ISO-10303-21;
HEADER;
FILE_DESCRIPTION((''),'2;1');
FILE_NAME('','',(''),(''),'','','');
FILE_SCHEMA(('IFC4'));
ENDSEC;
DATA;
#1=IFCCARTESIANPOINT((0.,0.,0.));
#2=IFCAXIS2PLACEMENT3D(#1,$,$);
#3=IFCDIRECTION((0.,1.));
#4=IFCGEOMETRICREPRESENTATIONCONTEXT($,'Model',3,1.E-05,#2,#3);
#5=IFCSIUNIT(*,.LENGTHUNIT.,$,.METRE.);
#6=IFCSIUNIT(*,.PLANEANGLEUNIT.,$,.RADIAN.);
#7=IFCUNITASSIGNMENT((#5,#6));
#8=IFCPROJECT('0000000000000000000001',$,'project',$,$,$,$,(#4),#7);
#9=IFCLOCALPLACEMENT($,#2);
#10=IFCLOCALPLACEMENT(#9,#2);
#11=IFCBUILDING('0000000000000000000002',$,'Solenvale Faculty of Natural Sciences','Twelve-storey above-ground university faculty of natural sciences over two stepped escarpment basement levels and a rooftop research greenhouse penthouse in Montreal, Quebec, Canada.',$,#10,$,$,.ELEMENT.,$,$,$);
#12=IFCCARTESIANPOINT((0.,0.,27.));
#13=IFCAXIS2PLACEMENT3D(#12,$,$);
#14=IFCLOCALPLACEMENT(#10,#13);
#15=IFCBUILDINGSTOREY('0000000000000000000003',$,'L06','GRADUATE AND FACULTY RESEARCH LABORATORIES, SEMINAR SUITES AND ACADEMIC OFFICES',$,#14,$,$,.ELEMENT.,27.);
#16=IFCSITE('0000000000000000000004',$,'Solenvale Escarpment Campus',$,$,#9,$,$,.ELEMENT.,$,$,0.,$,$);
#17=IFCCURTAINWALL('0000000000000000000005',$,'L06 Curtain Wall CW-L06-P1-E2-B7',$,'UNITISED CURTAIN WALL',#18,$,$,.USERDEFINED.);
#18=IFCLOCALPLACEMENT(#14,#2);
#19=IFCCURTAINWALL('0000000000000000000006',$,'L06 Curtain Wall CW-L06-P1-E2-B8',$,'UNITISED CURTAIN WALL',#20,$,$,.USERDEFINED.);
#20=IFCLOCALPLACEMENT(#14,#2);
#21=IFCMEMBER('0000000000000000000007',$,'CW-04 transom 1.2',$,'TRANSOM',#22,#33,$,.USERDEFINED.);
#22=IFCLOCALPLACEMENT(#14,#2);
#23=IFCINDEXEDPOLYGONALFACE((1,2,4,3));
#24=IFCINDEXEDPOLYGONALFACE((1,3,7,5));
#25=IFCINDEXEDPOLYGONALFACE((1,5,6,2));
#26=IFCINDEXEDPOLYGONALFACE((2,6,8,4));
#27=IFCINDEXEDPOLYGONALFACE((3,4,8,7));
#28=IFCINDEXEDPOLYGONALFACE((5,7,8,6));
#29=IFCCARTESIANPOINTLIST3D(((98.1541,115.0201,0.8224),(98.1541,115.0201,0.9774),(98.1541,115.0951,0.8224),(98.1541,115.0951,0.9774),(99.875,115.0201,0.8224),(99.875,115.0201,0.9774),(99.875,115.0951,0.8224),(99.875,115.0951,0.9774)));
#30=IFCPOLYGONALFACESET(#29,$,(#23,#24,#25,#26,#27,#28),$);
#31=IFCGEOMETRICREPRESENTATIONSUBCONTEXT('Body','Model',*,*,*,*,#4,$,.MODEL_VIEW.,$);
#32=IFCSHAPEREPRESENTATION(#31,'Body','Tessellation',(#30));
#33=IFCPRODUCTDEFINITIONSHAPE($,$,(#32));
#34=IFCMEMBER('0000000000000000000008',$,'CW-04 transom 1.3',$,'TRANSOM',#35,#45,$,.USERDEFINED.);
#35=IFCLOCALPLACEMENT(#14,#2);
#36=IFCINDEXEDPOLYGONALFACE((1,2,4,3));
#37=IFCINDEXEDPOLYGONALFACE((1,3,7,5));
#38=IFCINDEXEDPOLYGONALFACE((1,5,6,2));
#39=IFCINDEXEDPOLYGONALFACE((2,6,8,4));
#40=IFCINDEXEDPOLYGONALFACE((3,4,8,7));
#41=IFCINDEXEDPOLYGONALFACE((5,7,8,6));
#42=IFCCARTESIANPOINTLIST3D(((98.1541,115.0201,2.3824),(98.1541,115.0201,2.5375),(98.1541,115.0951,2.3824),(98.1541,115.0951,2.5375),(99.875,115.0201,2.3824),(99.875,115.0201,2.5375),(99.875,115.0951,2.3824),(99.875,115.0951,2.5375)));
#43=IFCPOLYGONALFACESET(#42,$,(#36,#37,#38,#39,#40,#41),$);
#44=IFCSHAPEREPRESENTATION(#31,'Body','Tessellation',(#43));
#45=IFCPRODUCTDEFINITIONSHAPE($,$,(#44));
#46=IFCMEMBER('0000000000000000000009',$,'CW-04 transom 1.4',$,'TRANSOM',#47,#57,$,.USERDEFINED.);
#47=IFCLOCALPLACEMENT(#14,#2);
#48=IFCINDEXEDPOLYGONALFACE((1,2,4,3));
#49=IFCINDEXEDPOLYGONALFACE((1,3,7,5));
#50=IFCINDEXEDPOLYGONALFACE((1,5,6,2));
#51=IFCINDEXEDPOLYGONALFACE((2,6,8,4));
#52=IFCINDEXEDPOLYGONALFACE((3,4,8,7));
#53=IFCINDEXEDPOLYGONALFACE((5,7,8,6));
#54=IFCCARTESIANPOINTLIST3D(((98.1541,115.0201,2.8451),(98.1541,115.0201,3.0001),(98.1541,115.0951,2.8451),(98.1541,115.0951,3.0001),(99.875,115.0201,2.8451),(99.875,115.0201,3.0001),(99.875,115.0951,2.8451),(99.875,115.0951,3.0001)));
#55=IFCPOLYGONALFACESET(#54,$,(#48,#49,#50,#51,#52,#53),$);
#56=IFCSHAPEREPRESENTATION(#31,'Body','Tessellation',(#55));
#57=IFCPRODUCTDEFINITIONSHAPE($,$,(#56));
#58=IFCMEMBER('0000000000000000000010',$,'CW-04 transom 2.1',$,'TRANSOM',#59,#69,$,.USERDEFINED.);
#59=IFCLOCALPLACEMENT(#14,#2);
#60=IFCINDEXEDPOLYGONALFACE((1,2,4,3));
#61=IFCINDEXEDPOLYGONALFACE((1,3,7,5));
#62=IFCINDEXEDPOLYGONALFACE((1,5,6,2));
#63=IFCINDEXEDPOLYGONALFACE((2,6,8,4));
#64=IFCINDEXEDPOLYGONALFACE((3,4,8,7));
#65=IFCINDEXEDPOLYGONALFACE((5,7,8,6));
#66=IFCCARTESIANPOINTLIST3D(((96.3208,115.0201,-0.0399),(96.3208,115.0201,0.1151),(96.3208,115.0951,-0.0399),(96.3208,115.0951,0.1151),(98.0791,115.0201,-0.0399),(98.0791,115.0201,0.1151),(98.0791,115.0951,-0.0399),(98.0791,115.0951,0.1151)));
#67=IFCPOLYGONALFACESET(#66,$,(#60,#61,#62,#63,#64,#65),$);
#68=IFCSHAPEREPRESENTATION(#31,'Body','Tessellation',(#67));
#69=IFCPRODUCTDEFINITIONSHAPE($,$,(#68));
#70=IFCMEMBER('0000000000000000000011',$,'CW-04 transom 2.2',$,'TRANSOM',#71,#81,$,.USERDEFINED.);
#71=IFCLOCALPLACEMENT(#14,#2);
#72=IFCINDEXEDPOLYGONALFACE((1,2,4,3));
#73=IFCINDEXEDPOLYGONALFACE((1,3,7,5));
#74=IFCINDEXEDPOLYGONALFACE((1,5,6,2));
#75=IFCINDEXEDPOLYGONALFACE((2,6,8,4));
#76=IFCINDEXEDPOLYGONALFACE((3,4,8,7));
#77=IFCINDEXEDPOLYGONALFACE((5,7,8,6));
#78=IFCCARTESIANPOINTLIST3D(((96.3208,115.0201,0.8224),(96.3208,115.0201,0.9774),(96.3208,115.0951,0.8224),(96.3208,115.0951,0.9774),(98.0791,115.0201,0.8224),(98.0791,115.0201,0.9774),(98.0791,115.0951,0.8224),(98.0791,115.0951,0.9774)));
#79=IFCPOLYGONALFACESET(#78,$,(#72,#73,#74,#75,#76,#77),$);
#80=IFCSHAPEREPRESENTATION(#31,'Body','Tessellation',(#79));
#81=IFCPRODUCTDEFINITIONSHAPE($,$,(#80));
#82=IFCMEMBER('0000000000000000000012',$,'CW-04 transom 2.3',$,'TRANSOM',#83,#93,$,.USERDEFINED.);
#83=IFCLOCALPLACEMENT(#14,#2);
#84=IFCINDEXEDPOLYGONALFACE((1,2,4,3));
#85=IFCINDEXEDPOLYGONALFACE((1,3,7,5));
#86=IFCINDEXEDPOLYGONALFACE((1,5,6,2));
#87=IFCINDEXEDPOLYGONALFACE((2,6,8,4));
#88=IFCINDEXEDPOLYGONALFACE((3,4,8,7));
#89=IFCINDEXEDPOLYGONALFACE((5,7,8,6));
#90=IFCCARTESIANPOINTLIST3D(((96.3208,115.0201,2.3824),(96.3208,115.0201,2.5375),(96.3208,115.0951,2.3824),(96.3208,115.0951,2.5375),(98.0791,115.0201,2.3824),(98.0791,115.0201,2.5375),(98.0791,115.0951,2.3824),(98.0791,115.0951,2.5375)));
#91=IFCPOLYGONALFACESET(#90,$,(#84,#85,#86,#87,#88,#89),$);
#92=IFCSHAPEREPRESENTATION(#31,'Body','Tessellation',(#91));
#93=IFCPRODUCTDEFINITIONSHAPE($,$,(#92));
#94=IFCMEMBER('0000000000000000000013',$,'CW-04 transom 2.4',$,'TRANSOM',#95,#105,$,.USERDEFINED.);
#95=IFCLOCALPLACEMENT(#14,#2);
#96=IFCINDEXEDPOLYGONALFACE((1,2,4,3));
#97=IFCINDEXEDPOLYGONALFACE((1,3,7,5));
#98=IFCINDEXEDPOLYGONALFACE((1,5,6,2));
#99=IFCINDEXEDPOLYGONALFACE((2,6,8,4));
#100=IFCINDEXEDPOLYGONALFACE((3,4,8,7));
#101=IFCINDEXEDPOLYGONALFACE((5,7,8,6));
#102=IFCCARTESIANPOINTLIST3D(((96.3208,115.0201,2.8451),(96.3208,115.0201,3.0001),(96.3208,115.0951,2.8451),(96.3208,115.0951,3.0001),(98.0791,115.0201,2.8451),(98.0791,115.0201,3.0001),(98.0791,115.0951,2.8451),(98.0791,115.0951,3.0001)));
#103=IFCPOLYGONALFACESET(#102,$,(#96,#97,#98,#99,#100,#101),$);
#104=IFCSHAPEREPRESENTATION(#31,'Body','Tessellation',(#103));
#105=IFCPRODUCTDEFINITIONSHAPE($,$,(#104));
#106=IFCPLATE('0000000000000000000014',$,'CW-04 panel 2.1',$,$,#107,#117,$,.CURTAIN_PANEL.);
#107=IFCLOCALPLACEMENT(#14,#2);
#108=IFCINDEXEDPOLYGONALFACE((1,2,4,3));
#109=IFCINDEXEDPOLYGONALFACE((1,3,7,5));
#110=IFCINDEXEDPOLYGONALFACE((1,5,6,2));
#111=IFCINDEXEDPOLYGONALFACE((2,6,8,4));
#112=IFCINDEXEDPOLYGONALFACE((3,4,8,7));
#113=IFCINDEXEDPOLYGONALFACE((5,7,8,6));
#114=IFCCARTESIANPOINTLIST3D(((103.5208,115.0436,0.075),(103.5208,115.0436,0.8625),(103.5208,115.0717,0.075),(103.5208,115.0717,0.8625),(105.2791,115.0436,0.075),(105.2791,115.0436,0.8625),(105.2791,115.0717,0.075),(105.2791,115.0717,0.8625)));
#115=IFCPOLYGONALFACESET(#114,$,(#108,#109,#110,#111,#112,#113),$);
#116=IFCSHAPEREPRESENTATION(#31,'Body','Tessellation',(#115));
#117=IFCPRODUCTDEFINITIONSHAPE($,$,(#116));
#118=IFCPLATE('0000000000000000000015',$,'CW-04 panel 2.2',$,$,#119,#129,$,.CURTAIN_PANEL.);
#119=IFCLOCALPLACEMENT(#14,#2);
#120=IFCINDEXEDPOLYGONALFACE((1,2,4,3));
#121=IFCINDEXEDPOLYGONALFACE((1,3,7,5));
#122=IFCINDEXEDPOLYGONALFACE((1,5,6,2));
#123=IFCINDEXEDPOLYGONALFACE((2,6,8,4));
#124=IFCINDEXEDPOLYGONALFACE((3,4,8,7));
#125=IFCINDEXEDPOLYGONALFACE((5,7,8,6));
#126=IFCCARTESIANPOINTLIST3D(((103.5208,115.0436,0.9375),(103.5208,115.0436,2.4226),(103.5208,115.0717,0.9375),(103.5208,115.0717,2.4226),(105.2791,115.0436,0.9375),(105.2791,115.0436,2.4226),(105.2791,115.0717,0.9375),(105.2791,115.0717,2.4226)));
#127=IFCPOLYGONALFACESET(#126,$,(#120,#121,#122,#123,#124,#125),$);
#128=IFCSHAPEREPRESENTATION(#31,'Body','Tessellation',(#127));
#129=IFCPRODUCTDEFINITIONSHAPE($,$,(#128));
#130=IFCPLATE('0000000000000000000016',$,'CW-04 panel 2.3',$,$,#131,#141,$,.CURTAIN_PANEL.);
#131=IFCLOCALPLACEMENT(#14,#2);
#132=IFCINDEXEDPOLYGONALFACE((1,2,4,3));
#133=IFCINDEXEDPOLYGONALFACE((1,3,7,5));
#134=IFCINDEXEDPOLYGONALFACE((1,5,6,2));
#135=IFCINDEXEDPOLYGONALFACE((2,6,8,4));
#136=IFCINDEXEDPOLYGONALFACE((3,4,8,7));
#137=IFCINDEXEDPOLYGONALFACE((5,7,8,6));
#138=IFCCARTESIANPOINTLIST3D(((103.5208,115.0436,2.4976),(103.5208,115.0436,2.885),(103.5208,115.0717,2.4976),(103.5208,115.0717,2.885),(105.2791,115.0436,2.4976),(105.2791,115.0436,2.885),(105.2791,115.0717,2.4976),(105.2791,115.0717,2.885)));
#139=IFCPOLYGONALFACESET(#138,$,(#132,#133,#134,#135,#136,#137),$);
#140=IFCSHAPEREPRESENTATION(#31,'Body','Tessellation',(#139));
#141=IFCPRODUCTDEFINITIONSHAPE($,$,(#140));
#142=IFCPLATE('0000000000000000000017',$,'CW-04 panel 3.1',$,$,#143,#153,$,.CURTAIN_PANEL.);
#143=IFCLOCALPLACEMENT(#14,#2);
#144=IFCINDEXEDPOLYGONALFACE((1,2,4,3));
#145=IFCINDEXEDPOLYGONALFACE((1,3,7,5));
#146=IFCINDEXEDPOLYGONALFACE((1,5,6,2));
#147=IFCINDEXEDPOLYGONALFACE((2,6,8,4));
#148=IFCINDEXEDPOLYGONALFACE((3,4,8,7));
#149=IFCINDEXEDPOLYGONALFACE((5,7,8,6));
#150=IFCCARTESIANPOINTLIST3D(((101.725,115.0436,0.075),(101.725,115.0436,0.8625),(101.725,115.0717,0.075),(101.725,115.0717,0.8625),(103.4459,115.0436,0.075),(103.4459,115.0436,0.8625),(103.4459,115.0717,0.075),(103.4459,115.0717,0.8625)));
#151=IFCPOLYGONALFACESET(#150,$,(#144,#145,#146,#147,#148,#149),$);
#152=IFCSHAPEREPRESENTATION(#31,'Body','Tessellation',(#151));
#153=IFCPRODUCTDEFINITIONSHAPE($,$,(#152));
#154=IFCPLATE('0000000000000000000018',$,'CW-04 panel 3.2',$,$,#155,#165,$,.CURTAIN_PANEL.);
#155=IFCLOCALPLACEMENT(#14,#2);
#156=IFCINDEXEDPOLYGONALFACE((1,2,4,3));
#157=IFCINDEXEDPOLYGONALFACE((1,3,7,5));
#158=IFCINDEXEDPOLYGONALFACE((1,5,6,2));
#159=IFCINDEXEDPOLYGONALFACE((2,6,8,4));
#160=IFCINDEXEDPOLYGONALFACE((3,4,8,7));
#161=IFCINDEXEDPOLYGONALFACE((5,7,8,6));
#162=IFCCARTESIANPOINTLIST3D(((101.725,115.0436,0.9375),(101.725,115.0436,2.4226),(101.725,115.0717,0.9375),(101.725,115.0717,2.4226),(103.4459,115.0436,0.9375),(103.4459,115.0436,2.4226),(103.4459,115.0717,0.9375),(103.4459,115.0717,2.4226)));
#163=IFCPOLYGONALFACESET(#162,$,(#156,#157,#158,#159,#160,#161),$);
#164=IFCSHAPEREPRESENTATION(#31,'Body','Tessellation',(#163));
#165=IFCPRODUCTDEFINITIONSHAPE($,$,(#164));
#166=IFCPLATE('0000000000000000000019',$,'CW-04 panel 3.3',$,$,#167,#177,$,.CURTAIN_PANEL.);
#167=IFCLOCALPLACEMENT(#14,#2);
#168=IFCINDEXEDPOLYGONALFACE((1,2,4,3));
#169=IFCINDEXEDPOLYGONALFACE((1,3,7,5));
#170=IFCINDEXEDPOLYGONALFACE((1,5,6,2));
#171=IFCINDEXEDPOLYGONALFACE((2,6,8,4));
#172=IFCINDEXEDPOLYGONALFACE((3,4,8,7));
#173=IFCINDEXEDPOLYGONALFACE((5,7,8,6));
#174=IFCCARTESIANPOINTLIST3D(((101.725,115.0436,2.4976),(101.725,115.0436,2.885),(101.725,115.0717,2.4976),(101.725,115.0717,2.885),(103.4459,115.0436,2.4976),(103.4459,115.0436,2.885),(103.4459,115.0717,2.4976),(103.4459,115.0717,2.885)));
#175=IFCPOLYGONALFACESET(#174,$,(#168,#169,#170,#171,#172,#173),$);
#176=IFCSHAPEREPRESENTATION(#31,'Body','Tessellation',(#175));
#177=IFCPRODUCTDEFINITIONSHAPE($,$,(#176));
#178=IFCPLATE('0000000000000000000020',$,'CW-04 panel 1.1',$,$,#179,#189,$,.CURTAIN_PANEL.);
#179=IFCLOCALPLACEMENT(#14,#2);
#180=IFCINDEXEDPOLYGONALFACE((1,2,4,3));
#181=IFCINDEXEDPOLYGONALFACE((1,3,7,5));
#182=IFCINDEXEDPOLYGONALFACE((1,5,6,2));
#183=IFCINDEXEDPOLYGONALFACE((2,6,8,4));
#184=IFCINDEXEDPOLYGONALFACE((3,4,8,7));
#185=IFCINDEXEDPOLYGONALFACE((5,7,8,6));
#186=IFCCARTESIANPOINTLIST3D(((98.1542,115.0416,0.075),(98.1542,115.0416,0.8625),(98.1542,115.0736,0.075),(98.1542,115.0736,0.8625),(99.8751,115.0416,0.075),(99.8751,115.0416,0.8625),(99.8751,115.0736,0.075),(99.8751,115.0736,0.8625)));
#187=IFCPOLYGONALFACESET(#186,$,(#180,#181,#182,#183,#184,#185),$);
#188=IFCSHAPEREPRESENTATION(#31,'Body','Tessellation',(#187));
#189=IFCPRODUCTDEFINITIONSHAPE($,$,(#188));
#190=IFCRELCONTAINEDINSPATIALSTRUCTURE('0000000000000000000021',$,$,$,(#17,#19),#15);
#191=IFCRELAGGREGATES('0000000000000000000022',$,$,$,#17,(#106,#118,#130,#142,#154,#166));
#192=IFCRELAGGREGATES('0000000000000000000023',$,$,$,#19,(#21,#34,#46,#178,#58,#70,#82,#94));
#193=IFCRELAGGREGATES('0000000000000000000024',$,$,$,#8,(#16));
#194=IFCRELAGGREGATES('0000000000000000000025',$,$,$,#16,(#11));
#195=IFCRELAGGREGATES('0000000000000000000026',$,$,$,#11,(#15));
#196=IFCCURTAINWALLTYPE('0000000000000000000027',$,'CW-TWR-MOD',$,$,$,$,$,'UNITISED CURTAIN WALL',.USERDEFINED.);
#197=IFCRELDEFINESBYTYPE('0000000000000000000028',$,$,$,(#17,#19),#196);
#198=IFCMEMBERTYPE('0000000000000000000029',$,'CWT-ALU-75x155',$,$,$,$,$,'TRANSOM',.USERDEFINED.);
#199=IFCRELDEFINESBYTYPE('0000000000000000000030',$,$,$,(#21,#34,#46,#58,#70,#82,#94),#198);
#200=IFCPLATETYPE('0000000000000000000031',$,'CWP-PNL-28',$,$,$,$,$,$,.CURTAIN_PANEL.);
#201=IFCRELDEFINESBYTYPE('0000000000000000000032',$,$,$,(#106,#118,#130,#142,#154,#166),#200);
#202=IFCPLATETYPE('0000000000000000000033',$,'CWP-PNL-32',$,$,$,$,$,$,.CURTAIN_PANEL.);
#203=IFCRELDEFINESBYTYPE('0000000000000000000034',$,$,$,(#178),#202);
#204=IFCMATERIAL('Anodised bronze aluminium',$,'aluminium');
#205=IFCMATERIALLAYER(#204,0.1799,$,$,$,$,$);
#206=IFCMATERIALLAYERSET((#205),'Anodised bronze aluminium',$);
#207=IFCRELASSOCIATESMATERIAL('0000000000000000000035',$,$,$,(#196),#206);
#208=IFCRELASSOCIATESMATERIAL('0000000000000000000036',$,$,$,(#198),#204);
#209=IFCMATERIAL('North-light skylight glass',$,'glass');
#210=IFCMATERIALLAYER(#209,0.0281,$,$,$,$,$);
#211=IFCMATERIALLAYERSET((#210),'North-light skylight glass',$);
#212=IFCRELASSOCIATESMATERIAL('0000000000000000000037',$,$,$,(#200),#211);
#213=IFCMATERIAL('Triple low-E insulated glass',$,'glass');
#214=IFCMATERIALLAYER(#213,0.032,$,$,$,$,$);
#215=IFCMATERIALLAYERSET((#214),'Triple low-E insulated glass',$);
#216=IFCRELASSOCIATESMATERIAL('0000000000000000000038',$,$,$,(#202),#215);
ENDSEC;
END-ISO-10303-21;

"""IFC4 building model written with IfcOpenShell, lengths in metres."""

from ifc_helpers import new_model, si_unit, direction, frame, origin, origin_2d, place, context, subcontext, project, spatial, rectangle, extrude, material, layer, layer_set, material_profile, profile_set, type_object, element, aggregate, save


model = new_model("IFC4")

# Units and contexts
model_context = context("Model", 3, precision=1e-05, world=origin(), true_north=direction((0.0, 1.0)))
body_context = subcontext(model_context, "Body", "Model", "MODEL_VIEW")
ifc_project = project(units=[si_unit("LENGTHUNIT", "METRE"), si_unit("PLANEANGLEUNIT", "RADIAN")], contexts=[model_context])

# Site, building, storey
site_placement = place(None, origin())
site = spatial("IfcSite", under=ifc_project, at=site_placement, Name="Solenvale Escarpment Campus", CompositionType="ELEMENT", RefElevation=0.0)
building_placement = place(site_placement, origin())
building = spatial("IfcBuilding", under=site, at=building_placement, Name="Solenvale Faculty of Natural Sciences", Description="Twelve-storey above-ground university faculty of natural sciences over two stepped escarpment basement levels and a rooftop research greenhouse penthouse in Montreal, Quebec, Canada.", CompositionType="ELEMENT")
storey_placement = place(building_placement, frame((0.0, 0.0, 27.0)))
storey = spatial("IfcBuildingStorey", under=building, at=storey_placement, Name="L06", Description="GRADUATE AND FACULTY RESEARCH LABORATORIES, SEMINAR SUITES AND ACADEMIC OFFICES", CompositionType="ELEMENT", Elevation=27.0)

# Curtain walls
ifc_material_1 = material(Name="Anodised bronze aluminium", Category="aluminium")
ifc_layer_1 = layer(ifc_material_1, 0.1799)
ifc_layer_set_1 = layer_set([ifc_layer_1], Name="Anodised bronze aluminium")
curtain_wall_type = type_object("IfcCurtainWallType", Name="CW-TWR-MOD", ElementType="UNITISED CURTAIN WALL", PredefinedType="USERDEFINED", material=ifc_layer_set_1)
curtain_wall_1_placement = place(storey_placement, origin())
curtain_wall_1 = element("IfcCurtainWall", 1, at=curtain_wall_1_placement, inside=storey, type_object=curtain_wall_type, Name="L06 Curtain Wall CW-L06-P1-E2-B7", ObjectType="UNITISED CURTAIN WALL", PredefinedType="USERDEFINED")
curtain_wall_2_placement = place(storey_placement, origin())
curtain_wall_2 = element("IfcCurtainWall", 2, at=curtain_wall_2_placement, inside=storey, type_object=curtain_wall_type, Name="L06 Curtain Wall CW-L06-P1-E2-B8", ObjectType="UNITISED CURTAIN WALL", PredefinedType="USERDEFINED")

# Members
ifc_material_profile_1 = material_profile(ifc_material_1, rectangle(XDim=0.075, YDim=0.155, at=origin_2d()), Name="ALU-TRN-75x155")
ifc_profile_set_1 = profile_set([ifc_material_profile_1], Name="Anodised bronze aluminium")
member_type_1 = type_object("IfcMemberType", Name="CWT-ALU-75x155", ElementType="TRANSOM", PredefinedType="USERDEFINED", material=ifc_profile_set_1)
member_1_placement = place(storey_placement, frame((99.875, 115.0576, 0.8999), z_axis=(-1.0, 0.0, 0.0), x_axis=(0.0, -1.0, 0.0)))
member_1 = element("IfcMember", 3, at=member_1_placement, type_object=member_type_1, Name="CW-04 transom 1.2", ObjectType="TRANSOM", PredefinedType="USERDEFINED", context=body_context, shape_type="SweptSolid", body=[
    extrude(rectangle(XDim=0.075, YDim=0.155, at=origin_2d()), origin(), (0.0, 0.0, 1.0), 1.7209),
])
member_2_placement = place(storey_placement, frame((99.875, 115.0576, 2.46), z_axis=(-1.0, 0.0, 0.0), x_axis=(0.0, -1.0, 0.0)))
member_2 = element("IfcMember", 4, at=member_2_placement, type_object=member_type_1, Name="CW-04 transom 1.3", ObjectType="TRANSOM", PredefinedType="USERDEFINED", context=body_context, shape_type="SweptSolid", body=[
    extrude(rectangle(XDim=0.075, YDim=0.155, at=origin_2d()), origin(), (0.0, 0.0, 1.0), 1.7209),
])
member_3_placement = place(storey_placement, frame((99.875, 115.0576, 2.9226), z_axis=(-1.0, 0.0, 0.0), x_axis=(0.0, -1.0, 0.0)))
member_3 = element("IfcMember", 5, at=member_3_placement, type_object=member_type_1, Name="CW-04 transom 1.4", ObjectType="TRANSOM", PredefinedType="USERDEFINED", context=body_context, shape_type="SweptSolid", body=[
    extrude(rectangle(XDim=0.075, YDim=0.155, at=origin_2d()), origin(), (0.0, 0.0, 1.0), 1.7209),
])
member_4_placement = place(storey_placement, frame((98.0791, 115.0576, 0.0376), z_axis=(-1.0, 0.0, 0.0), x_axis=(0.0, -1.0, 0.0)))
member_4 = element("IfcMember", 6, at=member_4_placement, type_object=member_type_1, Name="CW-04 transom 2.1", ObjectType="TRANSOM", PredefinedType="USERDEFINED", context=body_context, shape_type="SweptSolid", body=[
    extrude(rectangle(XDim=0.075, YDim=0.155, at=origin_2d()), origin(), (0.0, 0.0, 1.0), 1.7583),
])
member_5_placement = place(storey_placement, frame((98.0791, 115.0576, 0.8999), z_axis=(-1.0, 0.0, 0.0), x_axis=(0.0, -1.0, 0.0)))
member_5 = element("IfcMember", 7, at=member_5_placement, type_object=member_type_1, Name="CW-04 transom 2.2", ObjectType="TRANSOM", PredefinedType="USERDEFINED", context=body_context, shape_type="SweptSolid", body=[
    extrude(rectangle(XDim=0.075, YDim=0.155, at=origin_2d()), origin(), (0.0, 0.0, 1.0), 1.7583),
])
member_6_placement = place(storey_placement, frame((98.0791, 115.0576, 2.46), z_axis=(-1.0, 0.0, 0.0), x_axis=(0.0, -1.0, 0.0)))
member_6 = element("IfcMember", 8, at=member_6_placement, type_object=member_type_1, Name="CW-04 transom 2.3", ObjectType="TRANSOM", PredefinedType="USERDEFINED", context=body_context, shape_type="SweptSolid", body=[
    extrude(rectangle(XDim=0.075, YDim=0.155, at=origin_2d()), origin(), (0.0, 0.0, 1.0), 1.7583),
])
member_7_placement = place(storey_placement, frame((98.0791, 115.0576, 2.9226), z_axis=(-1.0, 0.0, 0.0), x_axis=(0.0, -1.0, 0.0)))
member_7 = element("IfcMember", 9, at=member_7_placement, type_object=member_type_1, Name="CW-04 transom 2.4", ObjectType="TRANSOM", PredefinedType="USERDEFINED", context=body_context, shape_type="SweptSolid", body=[
    extrude(rectangle(XDim=0.075, YDim=0.155, at=origin_2d()), origin(), (0.0, 0.0, 1.0), 1.7583),
])

# Plates
ifc_material_2 = material(Name="North-light skylight glass", Category="glass")
ifc_layer_2 = layer(ifc_material_2, 0.0281)
ifc_layer_set_2 = layer_set([ifc_layer_2], Name="North-light skylight glass")
plate_type_1 = type_object("IfcPlateType", Name="CWP-PNL-28", PredefinedType="CURTAIN_PANEL", material=ifc_layer_set_2)
plate_1_placement = place(storey_placement, frame((104.3999, 115.0576, 0.075), z_axis=(0.0, 0.0, 1.0), x_axis=(-1.0, 0.0, 0.0)))
plate_1 = element("IfcPlate", 10, at=plate_1_placement, type_object=plate_type_1, Name="CW-04 panel 2.1", PredefinedType="CURTAIN_PANEL", context=body_context, shape_type="SweptSolid", body=[
    extrude(rectangle(XDim=1.7583, YDim=0.0281, at=origin_2d()), origin(), (0.0, 0.0, 1.0), 0.7876),
])
plate_2_placement = place(storey_placement, frame((104.3999, 115.0576, 0.9375), z_axis=(0.0, 0.0, 1.0), x_axis=(-1.0, 0.0, 0.0)))
plate_2 = element("IfcPlate", 11, at=plate_2_placement, type_object=plate_type_1, Name="CW-04 panel 2.2", PredefinedType="CURTAIN_PANEL", context=body_context, shape_type="SweptSolid", body=[
    extrude(rectangle(XDim=1.7583, YDim=0.0281, at=origin_2d()), origin(), (0.0, 0.0, 1.0), 1.4851),
])
plate_3_placement = place(storey_placement, frame((104.3999, 115.0576, 2.4976), z_axis=(0.0, 0.0, 1.0), x_axis=(-1.0, 0.0, 0.0)))
plate_3 = element("IfcPlate", 12, at=plate_3_placement, type_object=plate_type_1, Name="CW-04 panel 2.3", PredefinedType="CURTAIN_PANEL", context=body_context, shape_type="SweptSolid", body=[
    extrude(rectangle(XDim=1.7583, YDim=0.0281, at=origin_2d()), origin(), (0.0, 0.0, 1.0), 0.3875),
])
plate_4_placement = place(storey_placement, frame((102.5854, 115.0576, 0.075), z_axis=(0.0, 0.0, 1.0), x_axis=(-1.0, 0.0, 0.0)))
plate_4 = element("IfcPlate", 13, at=plate_4_placement, type_object=plate_type_1, Name="CW-04 panel 3.1", PredefinedType="CURTAIN_PANEL", context=body_context, shape_type="SweptSolid", body=[
    extrude(rectangle(XDim=1.7209, YDim=0.0281, at=origin_2d()), origin(), (0.0, 0.0, 1.0), 0.7876),
])
plate_5_placement = place(storey_placement, frame((102.5854, 115.0576, 0.9375), z_axis=(0.0, 0.0, 1.0), x_axis=(-1.0, 0.0, 0.0)))
plate_5 = element("IfcPlate", 14, at=plate_5_placement, type_object=plate_type_1, Name="CW-04 panel 3.2", PredefinedType="CURTAIN_PANEL", context=body_context, shape_type="SweptSolid", body=[
    extrude(rectangle(XDim=1.7209, YDim=0.0281, at=origin_2d()), origin(), (0.0, 0.0, 1.0), 1.4851),
])
plate_6_placement = place(storey_placement, frame((102.5854, 115.0576, 2.4976), z_axis=(0.0, 0.0, 1.0), x_axis=(-1.0, 0.0, 0.0)))
plate_6 = element("IfcPlate", 15, at=plate_6_placement, type_object=plate_type_1, Name="CW-04 panel 3.3", PredefinedType="CURTAIN_PANEL", context=body_context, shape_type="SweptSolid", body=[
    extrude(rectangle(XDim=1.7209, YDim=0.0281, at=origin_2d()), origin(), (0.0, 0.0, 1.0), 0.3875),
])
aggregate(curtain_wall_1, [plate_1, plate_2, plate_3, plate_4, plate_5, plate_6])
ifc_material_3 = material(Name="Triple low-E insulated glass", Category="glass")
ifc_layer_3 = layer(ifc_material_3, 0.032)
ifc_layer_set_3 = layer_set([ifc_layer_3], Name="Triple low-E insulated glass")
plate_type_2 = type_object("IfcPlateType", Name="CWP-PNL-32", PredefinedType="CURTAIN_PANEL", material=ifc_layer_set_3)
plate_7_placement = place(storey_placement, frame((99.0146, 115.0576, 0.075), z_axis=(0.0, 0.0, 1.0), x_axis=(-1.0, 0.0, 0.0)))
plate_7 = element("IfcPlate", 16, at=plate_7_placement, type_object=plate_type_2, Name="CW-04 panel 1.1", PredefinedType="CURTAIN_PANEL", context=body_context, shape_type="SweptSolid", body=[
    extrude(rectangle(XDim=1.7209, YDim=0.032, at=origin_2d()), origin(), (0.0, 0.0, 1.0), 0.7876),
])
aggregate(curtain_wall_2, [member_1, member_2, member_3, plate_7, member_4, member_5, member_6, member_7])

save(model, "model.ifc")
